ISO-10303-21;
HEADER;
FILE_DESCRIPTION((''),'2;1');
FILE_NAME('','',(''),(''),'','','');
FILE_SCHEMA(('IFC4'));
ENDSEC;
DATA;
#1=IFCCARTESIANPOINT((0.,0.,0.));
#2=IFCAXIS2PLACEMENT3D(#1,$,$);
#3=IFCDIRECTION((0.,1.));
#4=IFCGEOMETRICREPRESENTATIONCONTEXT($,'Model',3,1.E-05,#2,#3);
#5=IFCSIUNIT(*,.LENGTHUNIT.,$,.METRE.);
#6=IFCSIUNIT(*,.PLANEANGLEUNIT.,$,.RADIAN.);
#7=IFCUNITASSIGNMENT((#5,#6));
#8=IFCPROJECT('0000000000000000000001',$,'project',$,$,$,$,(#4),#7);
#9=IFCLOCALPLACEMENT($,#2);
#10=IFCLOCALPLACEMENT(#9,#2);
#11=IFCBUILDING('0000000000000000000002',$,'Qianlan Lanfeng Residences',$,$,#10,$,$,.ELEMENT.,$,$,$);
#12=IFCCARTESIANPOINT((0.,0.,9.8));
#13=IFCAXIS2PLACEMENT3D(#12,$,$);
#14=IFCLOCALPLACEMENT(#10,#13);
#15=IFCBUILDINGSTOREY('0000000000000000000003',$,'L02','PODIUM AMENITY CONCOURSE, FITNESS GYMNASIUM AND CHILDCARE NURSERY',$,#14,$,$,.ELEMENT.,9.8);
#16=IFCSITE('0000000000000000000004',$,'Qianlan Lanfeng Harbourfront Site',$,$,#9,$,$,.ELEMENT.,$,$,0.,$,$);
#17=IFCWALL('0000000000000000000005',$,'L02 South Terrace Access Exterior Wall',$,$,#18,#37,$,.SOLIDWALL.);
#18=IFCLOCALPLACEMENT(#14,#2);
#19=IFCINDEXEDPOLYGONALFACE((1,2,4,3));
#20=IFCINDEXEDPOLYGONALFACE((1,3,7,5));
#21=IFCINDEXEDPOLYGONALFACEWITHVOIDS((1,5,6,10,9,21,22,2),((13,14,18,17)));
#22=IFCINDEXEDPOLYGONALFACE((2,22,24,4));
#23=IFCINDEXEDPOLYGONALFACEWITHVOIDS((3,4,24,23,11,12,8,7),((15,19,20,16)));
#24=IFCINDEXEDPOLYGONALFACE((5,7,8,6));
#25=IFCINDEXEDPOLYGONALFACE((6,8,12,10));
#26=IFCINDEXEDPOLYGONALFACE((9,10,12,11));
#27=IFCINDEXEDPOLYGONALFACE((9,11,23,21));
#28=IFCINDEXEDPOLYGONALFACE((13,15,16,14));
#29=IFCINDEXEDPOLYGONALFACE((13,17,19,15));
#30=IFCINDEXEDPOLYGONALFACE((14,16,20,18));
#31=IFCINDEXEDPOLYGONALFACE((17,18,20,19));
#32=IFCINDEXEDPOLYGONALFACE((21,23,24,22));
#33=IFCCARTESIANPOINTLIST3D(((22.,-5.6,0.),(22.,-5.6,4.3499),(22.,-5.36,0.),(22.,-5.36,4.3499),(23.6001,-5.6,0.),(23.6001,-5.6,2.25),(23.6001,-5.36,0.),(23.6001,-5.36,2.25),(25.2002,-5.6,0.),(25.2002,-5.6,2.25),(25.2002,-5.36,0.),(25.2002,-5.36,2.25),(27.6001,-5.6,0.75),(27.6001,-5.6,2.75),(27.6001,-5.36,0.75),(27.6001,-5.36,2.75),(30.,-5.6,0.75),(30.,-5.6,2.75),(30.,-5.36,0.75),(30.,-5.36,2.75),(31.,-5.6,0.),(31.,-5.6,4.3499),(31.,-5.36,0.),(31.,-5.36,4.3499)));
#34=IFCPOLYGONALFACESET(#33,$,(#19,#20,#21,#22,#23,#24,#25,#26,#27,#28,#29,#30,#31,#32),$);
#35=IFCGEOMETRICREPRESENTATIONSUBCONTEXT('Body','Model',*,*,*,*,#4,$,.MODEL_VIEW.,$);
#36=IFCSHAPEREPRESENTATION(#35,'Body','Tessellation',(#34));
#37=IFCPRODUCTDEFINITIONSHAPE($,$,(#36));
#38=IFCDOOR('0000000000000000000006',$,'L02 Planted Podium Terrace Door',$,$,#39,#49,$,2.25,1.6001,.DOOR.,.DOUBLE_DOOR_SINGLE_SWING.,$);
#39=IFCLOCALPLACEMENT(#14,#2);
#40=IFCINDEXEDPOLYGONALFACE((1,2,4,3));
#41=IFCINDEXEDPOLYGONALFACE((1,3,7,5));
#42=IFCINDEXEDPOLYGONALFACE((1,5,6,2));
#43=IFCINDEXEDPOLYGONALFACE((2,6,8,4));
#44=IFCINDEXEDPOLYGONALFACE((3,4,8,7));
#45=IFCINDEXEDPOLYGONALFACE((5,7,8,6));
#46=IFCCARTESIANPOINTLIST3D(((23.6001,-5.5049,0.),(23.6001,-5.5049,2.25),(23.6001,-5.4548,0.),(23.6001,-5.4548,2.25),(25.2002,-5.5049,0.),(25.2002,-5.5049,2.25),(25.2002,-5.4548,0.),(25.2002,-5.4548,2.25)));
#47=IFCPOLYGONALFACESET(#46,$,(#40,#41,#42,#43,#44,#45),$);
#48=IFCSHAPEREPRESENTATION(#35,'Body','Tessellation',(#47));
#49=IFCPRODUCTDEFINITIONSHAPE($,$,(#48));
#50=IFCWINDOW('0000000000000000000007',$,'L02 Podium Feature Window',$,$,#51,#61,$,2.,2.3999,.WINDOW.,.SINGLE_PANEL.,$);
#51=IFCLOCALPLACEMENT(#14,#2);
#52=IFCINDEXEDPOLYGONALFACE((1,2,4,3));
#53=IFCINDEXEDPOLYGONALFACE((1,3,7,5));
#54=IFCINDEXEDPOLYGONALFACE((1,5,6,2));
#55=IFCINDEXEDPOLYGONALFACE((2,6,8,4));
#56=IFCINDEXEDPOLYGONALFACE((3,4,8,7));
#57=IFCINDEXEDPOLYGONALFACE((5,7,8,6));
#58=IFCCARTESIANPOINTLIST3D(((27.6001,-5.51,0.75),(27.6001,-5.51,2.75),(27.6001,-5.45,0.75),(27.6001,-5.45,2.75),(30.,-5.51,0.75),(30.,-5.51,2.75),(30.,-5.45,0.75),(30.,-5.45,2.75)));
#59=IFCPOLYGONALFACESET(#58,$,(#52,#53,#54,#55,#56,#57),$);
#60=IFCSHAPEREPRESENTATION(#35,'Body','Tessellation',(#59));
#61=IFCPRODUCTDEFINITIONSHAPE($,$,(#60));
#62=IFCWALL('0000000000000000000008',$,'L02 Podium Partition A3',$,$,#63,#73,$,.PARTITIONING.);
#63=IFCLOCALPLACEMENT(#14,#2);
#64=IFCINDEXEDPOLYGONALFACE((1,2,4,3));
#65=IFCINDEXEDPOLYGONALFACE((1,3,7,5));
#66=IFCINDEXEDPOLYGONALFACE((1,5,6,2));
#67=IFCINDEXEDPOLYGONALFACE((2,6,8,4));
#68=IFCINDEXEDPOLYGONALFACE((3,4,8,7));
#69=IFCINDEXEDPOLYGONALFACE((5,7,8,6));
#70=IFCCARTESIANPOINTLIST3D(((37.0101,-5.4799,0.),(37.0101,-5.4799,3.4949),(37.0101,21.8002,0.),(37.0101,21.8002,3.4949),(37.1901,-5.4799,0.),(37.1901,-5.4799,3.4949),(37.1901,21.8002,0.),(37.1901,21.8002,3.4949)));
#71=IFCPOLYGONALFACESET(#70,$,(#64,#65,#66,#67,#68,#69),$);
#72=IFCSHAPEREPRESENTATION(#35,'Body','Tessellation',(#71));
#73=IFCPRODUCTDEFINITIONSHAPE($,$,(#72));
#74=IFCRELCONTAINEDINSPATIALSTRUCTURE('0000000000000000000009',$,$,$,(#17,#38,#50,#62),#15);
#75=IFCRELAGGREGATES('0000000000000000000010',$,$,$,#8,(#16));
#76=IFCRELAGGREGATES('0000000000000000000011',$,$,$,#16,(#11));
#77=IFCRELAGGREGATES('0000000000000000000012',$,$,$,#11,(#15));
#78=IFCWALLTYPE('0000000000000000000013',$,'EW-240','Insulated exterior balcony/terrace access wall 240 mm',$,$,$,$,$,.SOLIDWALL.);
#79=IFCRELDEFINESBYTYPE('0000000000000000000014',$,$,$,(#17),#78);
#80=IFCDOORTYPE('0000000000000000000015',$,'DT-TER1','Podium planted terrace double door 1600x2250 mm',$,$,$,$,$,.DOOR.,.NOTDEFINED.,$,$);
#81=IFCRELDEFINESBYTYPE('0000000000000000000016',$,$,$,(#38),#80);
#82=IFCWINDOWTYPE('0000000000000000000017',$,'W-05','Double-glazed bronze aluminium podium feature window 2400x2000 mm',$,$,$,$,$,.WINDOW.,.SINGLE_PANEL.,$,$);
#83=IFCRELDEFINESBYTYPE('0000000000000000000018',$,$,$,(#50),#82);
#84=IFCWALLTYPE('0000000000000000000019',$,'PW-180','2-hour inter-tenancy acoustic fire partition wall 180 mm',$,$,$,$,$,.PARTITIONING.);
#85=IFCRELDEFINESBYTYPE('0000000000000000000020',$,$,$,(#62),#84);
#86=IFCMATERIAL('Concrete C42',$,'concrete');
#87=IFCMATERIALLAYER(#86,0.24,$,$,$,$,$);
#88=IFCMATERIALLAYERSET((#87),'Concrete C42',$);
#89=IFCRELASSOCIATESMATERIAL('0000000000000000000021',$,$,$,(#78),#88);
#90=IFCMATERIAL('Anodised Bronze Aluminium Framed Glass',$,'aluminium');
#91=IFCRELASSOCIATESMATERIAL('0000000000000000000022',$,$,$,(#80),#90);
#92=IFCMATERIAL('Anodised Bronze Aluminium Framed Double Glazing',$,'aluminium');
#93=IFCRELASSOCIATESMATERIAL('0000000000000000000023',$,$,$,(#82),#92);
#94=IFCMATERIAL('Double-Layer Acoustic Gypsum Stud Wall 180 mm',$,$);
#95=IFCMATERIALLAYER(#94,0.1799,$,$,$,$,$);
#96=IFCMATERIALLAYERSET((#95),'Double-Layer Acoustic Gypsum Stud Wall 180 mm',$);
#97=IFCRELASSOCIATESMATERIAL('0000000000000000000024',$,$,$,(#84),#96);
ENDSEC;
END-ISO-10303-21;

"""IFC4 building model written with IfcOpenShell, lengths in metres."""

from ifc_helpers import new_model, si_unit, direction, frame, frame_2d, origin, place, context, subcontext, project, spatial, rectangle, extrude, material, layer, layer_set, type_object, element, fill, save


model = new_model("IFC4")

# Units and contexts
model_context = context("Model", 3, precision=1e-05, world=origin(), true_north=direction((0.0, 1.0)))
body_context = subcontext(model_context, "Body", "Model", "MODEL_VIEW")
ifc_project = project(units=[si_unit("LENGTHUNIT", "METRE"), si_unit("PLANEANGLEUNIT", "RADIAN")], contexts=[model_context])

# Site, building, storey
site_placement = place(None, origin())
site = spatial("IfcSite", under=ifc_project, at=site_placement, Name="Qianlan Lanfeng Harbourfront Site", CompositionType="ELEMENT", RefElevation=0.0)
building_placement = place(site_placement, origin())
building = spatial("IfcBuilding", under=site, at=building_placement, Name="Qianlan Lanfeng Residences", CompositionType="ELEMENT")
storey_placement = place(building_placement, frame((0.0, 0.0, 9.8)))
storey = spatial("IfcBuildingStorey", under=building, at=storey_placement, Name="L02", Description="PODIUM AMENITY CONCOURSE, FITNESS GYMNASIUM AND CHILDCARE NURSERY", CompositionType="ELEMENT", Elevation=9.8)

# Wall, openings, door, window
ifc_material_1 = material(Name="Concrete C42", Category="concrete")
ifc_layer_1 = layer(ifc_material_1, 0.24)
ifc_layer_set_1 = layer_set([ifc_layer_1], Name="Concrete C42")
wall_type_1 = type_object("IfcWallType", Name="EW-240", Description="Insulated exterior balcony/terrace access wall 240 mm", PredefinedType="SOLIDWALL", material=ifc_layer_set_1)
wall_1_placement = place(storey_placement, frame((22.0, -5.48, 0.0), z_axis=(0.0, 0.0, 1.0), x_axis=(1.0, 0.0, 0.0)))
wall_1 = element("IfcWall", 1, at=wall_1_placement, inside=storey, type_object=wall_type_1, Name="L02 South Terrace Access Exterior Wall", PredefinedType="SOLIDWALL", context=body_context, shape_type="SweptSolid", body=[
    extrude(rectangle(XDim=9.0, YDim=0.24, at=frame_2d((4.5, 0.0))), origin(), (0.0, 0.0, 1.0), 4.3499),
])
opening_1_placement = place(wall_1_placement, frame((1.6001, 0.0, 0.0)))
opening_1 = element("IfcOpeningElement", 2, at=opening_1_placement, cuts=wall_1, PredefinedType="OPENING", context=body_context, shape_type="SweptSolid", body=[
    extrude(rectangle(XDim=1.6001, YDim=2.25, at=frame_2d((0.8, 1.125))), frame((0.0, 0.1299, 0.0), z_axis=(0.0, -1.0, 0.0), x_axis=(1.0, 0.0, 0.0)), (0.0, 0.0, 1.0), 0.26),
])
opening_2_placement = place(wall_1_placement, frame((5.6001, 0.0, 0.75)))
opening_2 = element("IfcOpeningElement", 3, at=opening_2_placement, cuts=wall_1, PredefinedType="OPENING", context=body_context, shape_type="SweptSolid", body=[
    extrude(rectangle(XDim=2.3999, YDim=2.0, at=frame_2d((1.2, 1.0))), frame((0.0, 0.1299, 0.0), z_axis=(0.0, -1.0, 0.0), x_axis=(1.0, 0.0, 0.0)), (0.0, 0.0, 1.0), 0.26),
])
ifc_material_2 = material(Name="Anodised Bronze Aluminium Framed Glass", Category="aluminium")
door_type = type_object("IfcDoorType", Name="DT-TER1", Description="Podium planted terrace double door 1600x2250 mm", OperationType="NOTDEFINED", PredefinedType="DOOR", material=ifc_material_2)
door_placement = place(opening_1_placement, frame((1.6001, 0.0, 0.0), z_axis=(0.0, 0.0, 1.0), x_axis=(-1.0, 0.0, 0.0)))
door = element("IfcDoor", 4, at=door_placement, inside=storey, type_object=door_type, Name="L02 Planted Podium Terrace Door", OperationType="DOUBLE_DOOR_SINGLE_SWING", OverallHeight=2.25, OverallWidth=1.6001, PredefinedType="DOOR", context=body_context, shape_type="SweptSolid", body=[
    extrude(rectangle(XDim=1.6001, YDim=2.25, at=frame_2d((0.8, 1.125))), frame((0.0, 0.0249, 0.0), z_axis=(0.0, -1.0, 0.0), x_axis=(1.0, 0.0, 0.0)), (0.0, 0.0, 1.0), 0.05),
])
fill(opening_1, door)
ifc_material_3 = material(Name="Anodised Bronze Aluminium Framed Double Glazing", Category="aluminium")
window_type = type_object("IfcWindowType", Name="W-05", Description="Double-glazed bronze aluminium podium feature window 2400x2000 mm", PartitioningType="SINGLE_PANEL", PredefinedType="WINDOW", material=ifc_material_3)
window_placement = place(opening_2_placement, origin())
window = element("IfcWindow", 5, at=window_placement, inside=storey, type_object=window_type, Name="L02 Podium Feature Window", OverallHeight=2.0, OverallWidth=2.3999, PartitioningType="SINGLE_PANEL", PredefinedType="WINDOW", context=body_context, shape_type="SweptSolid", body=[
    extrude(rectangle(XDim=2.3999, YDim=2.0, at=frame_2d((1.2, 1.0))), frame((0.0, 0.03, 0.0), z_axis=(0.0, -1.0, 0.0), x_axis=(1.0, 0.0, 0.0)), (0.0, 0.0, 1.0), 0.0601),
])
fill(opening_2, window)

# Wall
ifc_material_4 = material(Name="Double-Layer Acoustic Gypsum Stud Wall 180 mm")
ifc_layer_2 = layer(ifc_material_4, 0.1799)
ifc_layer_set_2 = layer_set([ifc_layer_2], Name="Double-Layer Acoustic Gypsum Stud Wall 180 mm")
wall_type_2 = type_object("IfcWallType", Name="PW-180", Description="2-hour inter-tenancy acoustic fire partition wall 180 mm", PredefinedType="PARTITIONING", material=ifc_layer_set_2)
wall_2_placement = place(storey_placement, frame((37.1001, -5.48, 0.0), z_axis=(0.0, 0.0, 1.0), x_axis=(0.0, 1.0, 0.0)))
element("IfcWall", 6, at=wall_2_placement, inside=storey, type_object=wall_type_2, Name="L02 Podium Partition A3", PredefinedType="PARTITIONING", context=body_context, shape_type="SweptSolid", body=[
    extrude(rectangle(XDim=27.28, YDim=0.1799, at=frame_2d((13.6401, 0.0))), origin(), (0.0, 0.0, 1.0), 3.4949),
])

save(model, "model.ifc")
